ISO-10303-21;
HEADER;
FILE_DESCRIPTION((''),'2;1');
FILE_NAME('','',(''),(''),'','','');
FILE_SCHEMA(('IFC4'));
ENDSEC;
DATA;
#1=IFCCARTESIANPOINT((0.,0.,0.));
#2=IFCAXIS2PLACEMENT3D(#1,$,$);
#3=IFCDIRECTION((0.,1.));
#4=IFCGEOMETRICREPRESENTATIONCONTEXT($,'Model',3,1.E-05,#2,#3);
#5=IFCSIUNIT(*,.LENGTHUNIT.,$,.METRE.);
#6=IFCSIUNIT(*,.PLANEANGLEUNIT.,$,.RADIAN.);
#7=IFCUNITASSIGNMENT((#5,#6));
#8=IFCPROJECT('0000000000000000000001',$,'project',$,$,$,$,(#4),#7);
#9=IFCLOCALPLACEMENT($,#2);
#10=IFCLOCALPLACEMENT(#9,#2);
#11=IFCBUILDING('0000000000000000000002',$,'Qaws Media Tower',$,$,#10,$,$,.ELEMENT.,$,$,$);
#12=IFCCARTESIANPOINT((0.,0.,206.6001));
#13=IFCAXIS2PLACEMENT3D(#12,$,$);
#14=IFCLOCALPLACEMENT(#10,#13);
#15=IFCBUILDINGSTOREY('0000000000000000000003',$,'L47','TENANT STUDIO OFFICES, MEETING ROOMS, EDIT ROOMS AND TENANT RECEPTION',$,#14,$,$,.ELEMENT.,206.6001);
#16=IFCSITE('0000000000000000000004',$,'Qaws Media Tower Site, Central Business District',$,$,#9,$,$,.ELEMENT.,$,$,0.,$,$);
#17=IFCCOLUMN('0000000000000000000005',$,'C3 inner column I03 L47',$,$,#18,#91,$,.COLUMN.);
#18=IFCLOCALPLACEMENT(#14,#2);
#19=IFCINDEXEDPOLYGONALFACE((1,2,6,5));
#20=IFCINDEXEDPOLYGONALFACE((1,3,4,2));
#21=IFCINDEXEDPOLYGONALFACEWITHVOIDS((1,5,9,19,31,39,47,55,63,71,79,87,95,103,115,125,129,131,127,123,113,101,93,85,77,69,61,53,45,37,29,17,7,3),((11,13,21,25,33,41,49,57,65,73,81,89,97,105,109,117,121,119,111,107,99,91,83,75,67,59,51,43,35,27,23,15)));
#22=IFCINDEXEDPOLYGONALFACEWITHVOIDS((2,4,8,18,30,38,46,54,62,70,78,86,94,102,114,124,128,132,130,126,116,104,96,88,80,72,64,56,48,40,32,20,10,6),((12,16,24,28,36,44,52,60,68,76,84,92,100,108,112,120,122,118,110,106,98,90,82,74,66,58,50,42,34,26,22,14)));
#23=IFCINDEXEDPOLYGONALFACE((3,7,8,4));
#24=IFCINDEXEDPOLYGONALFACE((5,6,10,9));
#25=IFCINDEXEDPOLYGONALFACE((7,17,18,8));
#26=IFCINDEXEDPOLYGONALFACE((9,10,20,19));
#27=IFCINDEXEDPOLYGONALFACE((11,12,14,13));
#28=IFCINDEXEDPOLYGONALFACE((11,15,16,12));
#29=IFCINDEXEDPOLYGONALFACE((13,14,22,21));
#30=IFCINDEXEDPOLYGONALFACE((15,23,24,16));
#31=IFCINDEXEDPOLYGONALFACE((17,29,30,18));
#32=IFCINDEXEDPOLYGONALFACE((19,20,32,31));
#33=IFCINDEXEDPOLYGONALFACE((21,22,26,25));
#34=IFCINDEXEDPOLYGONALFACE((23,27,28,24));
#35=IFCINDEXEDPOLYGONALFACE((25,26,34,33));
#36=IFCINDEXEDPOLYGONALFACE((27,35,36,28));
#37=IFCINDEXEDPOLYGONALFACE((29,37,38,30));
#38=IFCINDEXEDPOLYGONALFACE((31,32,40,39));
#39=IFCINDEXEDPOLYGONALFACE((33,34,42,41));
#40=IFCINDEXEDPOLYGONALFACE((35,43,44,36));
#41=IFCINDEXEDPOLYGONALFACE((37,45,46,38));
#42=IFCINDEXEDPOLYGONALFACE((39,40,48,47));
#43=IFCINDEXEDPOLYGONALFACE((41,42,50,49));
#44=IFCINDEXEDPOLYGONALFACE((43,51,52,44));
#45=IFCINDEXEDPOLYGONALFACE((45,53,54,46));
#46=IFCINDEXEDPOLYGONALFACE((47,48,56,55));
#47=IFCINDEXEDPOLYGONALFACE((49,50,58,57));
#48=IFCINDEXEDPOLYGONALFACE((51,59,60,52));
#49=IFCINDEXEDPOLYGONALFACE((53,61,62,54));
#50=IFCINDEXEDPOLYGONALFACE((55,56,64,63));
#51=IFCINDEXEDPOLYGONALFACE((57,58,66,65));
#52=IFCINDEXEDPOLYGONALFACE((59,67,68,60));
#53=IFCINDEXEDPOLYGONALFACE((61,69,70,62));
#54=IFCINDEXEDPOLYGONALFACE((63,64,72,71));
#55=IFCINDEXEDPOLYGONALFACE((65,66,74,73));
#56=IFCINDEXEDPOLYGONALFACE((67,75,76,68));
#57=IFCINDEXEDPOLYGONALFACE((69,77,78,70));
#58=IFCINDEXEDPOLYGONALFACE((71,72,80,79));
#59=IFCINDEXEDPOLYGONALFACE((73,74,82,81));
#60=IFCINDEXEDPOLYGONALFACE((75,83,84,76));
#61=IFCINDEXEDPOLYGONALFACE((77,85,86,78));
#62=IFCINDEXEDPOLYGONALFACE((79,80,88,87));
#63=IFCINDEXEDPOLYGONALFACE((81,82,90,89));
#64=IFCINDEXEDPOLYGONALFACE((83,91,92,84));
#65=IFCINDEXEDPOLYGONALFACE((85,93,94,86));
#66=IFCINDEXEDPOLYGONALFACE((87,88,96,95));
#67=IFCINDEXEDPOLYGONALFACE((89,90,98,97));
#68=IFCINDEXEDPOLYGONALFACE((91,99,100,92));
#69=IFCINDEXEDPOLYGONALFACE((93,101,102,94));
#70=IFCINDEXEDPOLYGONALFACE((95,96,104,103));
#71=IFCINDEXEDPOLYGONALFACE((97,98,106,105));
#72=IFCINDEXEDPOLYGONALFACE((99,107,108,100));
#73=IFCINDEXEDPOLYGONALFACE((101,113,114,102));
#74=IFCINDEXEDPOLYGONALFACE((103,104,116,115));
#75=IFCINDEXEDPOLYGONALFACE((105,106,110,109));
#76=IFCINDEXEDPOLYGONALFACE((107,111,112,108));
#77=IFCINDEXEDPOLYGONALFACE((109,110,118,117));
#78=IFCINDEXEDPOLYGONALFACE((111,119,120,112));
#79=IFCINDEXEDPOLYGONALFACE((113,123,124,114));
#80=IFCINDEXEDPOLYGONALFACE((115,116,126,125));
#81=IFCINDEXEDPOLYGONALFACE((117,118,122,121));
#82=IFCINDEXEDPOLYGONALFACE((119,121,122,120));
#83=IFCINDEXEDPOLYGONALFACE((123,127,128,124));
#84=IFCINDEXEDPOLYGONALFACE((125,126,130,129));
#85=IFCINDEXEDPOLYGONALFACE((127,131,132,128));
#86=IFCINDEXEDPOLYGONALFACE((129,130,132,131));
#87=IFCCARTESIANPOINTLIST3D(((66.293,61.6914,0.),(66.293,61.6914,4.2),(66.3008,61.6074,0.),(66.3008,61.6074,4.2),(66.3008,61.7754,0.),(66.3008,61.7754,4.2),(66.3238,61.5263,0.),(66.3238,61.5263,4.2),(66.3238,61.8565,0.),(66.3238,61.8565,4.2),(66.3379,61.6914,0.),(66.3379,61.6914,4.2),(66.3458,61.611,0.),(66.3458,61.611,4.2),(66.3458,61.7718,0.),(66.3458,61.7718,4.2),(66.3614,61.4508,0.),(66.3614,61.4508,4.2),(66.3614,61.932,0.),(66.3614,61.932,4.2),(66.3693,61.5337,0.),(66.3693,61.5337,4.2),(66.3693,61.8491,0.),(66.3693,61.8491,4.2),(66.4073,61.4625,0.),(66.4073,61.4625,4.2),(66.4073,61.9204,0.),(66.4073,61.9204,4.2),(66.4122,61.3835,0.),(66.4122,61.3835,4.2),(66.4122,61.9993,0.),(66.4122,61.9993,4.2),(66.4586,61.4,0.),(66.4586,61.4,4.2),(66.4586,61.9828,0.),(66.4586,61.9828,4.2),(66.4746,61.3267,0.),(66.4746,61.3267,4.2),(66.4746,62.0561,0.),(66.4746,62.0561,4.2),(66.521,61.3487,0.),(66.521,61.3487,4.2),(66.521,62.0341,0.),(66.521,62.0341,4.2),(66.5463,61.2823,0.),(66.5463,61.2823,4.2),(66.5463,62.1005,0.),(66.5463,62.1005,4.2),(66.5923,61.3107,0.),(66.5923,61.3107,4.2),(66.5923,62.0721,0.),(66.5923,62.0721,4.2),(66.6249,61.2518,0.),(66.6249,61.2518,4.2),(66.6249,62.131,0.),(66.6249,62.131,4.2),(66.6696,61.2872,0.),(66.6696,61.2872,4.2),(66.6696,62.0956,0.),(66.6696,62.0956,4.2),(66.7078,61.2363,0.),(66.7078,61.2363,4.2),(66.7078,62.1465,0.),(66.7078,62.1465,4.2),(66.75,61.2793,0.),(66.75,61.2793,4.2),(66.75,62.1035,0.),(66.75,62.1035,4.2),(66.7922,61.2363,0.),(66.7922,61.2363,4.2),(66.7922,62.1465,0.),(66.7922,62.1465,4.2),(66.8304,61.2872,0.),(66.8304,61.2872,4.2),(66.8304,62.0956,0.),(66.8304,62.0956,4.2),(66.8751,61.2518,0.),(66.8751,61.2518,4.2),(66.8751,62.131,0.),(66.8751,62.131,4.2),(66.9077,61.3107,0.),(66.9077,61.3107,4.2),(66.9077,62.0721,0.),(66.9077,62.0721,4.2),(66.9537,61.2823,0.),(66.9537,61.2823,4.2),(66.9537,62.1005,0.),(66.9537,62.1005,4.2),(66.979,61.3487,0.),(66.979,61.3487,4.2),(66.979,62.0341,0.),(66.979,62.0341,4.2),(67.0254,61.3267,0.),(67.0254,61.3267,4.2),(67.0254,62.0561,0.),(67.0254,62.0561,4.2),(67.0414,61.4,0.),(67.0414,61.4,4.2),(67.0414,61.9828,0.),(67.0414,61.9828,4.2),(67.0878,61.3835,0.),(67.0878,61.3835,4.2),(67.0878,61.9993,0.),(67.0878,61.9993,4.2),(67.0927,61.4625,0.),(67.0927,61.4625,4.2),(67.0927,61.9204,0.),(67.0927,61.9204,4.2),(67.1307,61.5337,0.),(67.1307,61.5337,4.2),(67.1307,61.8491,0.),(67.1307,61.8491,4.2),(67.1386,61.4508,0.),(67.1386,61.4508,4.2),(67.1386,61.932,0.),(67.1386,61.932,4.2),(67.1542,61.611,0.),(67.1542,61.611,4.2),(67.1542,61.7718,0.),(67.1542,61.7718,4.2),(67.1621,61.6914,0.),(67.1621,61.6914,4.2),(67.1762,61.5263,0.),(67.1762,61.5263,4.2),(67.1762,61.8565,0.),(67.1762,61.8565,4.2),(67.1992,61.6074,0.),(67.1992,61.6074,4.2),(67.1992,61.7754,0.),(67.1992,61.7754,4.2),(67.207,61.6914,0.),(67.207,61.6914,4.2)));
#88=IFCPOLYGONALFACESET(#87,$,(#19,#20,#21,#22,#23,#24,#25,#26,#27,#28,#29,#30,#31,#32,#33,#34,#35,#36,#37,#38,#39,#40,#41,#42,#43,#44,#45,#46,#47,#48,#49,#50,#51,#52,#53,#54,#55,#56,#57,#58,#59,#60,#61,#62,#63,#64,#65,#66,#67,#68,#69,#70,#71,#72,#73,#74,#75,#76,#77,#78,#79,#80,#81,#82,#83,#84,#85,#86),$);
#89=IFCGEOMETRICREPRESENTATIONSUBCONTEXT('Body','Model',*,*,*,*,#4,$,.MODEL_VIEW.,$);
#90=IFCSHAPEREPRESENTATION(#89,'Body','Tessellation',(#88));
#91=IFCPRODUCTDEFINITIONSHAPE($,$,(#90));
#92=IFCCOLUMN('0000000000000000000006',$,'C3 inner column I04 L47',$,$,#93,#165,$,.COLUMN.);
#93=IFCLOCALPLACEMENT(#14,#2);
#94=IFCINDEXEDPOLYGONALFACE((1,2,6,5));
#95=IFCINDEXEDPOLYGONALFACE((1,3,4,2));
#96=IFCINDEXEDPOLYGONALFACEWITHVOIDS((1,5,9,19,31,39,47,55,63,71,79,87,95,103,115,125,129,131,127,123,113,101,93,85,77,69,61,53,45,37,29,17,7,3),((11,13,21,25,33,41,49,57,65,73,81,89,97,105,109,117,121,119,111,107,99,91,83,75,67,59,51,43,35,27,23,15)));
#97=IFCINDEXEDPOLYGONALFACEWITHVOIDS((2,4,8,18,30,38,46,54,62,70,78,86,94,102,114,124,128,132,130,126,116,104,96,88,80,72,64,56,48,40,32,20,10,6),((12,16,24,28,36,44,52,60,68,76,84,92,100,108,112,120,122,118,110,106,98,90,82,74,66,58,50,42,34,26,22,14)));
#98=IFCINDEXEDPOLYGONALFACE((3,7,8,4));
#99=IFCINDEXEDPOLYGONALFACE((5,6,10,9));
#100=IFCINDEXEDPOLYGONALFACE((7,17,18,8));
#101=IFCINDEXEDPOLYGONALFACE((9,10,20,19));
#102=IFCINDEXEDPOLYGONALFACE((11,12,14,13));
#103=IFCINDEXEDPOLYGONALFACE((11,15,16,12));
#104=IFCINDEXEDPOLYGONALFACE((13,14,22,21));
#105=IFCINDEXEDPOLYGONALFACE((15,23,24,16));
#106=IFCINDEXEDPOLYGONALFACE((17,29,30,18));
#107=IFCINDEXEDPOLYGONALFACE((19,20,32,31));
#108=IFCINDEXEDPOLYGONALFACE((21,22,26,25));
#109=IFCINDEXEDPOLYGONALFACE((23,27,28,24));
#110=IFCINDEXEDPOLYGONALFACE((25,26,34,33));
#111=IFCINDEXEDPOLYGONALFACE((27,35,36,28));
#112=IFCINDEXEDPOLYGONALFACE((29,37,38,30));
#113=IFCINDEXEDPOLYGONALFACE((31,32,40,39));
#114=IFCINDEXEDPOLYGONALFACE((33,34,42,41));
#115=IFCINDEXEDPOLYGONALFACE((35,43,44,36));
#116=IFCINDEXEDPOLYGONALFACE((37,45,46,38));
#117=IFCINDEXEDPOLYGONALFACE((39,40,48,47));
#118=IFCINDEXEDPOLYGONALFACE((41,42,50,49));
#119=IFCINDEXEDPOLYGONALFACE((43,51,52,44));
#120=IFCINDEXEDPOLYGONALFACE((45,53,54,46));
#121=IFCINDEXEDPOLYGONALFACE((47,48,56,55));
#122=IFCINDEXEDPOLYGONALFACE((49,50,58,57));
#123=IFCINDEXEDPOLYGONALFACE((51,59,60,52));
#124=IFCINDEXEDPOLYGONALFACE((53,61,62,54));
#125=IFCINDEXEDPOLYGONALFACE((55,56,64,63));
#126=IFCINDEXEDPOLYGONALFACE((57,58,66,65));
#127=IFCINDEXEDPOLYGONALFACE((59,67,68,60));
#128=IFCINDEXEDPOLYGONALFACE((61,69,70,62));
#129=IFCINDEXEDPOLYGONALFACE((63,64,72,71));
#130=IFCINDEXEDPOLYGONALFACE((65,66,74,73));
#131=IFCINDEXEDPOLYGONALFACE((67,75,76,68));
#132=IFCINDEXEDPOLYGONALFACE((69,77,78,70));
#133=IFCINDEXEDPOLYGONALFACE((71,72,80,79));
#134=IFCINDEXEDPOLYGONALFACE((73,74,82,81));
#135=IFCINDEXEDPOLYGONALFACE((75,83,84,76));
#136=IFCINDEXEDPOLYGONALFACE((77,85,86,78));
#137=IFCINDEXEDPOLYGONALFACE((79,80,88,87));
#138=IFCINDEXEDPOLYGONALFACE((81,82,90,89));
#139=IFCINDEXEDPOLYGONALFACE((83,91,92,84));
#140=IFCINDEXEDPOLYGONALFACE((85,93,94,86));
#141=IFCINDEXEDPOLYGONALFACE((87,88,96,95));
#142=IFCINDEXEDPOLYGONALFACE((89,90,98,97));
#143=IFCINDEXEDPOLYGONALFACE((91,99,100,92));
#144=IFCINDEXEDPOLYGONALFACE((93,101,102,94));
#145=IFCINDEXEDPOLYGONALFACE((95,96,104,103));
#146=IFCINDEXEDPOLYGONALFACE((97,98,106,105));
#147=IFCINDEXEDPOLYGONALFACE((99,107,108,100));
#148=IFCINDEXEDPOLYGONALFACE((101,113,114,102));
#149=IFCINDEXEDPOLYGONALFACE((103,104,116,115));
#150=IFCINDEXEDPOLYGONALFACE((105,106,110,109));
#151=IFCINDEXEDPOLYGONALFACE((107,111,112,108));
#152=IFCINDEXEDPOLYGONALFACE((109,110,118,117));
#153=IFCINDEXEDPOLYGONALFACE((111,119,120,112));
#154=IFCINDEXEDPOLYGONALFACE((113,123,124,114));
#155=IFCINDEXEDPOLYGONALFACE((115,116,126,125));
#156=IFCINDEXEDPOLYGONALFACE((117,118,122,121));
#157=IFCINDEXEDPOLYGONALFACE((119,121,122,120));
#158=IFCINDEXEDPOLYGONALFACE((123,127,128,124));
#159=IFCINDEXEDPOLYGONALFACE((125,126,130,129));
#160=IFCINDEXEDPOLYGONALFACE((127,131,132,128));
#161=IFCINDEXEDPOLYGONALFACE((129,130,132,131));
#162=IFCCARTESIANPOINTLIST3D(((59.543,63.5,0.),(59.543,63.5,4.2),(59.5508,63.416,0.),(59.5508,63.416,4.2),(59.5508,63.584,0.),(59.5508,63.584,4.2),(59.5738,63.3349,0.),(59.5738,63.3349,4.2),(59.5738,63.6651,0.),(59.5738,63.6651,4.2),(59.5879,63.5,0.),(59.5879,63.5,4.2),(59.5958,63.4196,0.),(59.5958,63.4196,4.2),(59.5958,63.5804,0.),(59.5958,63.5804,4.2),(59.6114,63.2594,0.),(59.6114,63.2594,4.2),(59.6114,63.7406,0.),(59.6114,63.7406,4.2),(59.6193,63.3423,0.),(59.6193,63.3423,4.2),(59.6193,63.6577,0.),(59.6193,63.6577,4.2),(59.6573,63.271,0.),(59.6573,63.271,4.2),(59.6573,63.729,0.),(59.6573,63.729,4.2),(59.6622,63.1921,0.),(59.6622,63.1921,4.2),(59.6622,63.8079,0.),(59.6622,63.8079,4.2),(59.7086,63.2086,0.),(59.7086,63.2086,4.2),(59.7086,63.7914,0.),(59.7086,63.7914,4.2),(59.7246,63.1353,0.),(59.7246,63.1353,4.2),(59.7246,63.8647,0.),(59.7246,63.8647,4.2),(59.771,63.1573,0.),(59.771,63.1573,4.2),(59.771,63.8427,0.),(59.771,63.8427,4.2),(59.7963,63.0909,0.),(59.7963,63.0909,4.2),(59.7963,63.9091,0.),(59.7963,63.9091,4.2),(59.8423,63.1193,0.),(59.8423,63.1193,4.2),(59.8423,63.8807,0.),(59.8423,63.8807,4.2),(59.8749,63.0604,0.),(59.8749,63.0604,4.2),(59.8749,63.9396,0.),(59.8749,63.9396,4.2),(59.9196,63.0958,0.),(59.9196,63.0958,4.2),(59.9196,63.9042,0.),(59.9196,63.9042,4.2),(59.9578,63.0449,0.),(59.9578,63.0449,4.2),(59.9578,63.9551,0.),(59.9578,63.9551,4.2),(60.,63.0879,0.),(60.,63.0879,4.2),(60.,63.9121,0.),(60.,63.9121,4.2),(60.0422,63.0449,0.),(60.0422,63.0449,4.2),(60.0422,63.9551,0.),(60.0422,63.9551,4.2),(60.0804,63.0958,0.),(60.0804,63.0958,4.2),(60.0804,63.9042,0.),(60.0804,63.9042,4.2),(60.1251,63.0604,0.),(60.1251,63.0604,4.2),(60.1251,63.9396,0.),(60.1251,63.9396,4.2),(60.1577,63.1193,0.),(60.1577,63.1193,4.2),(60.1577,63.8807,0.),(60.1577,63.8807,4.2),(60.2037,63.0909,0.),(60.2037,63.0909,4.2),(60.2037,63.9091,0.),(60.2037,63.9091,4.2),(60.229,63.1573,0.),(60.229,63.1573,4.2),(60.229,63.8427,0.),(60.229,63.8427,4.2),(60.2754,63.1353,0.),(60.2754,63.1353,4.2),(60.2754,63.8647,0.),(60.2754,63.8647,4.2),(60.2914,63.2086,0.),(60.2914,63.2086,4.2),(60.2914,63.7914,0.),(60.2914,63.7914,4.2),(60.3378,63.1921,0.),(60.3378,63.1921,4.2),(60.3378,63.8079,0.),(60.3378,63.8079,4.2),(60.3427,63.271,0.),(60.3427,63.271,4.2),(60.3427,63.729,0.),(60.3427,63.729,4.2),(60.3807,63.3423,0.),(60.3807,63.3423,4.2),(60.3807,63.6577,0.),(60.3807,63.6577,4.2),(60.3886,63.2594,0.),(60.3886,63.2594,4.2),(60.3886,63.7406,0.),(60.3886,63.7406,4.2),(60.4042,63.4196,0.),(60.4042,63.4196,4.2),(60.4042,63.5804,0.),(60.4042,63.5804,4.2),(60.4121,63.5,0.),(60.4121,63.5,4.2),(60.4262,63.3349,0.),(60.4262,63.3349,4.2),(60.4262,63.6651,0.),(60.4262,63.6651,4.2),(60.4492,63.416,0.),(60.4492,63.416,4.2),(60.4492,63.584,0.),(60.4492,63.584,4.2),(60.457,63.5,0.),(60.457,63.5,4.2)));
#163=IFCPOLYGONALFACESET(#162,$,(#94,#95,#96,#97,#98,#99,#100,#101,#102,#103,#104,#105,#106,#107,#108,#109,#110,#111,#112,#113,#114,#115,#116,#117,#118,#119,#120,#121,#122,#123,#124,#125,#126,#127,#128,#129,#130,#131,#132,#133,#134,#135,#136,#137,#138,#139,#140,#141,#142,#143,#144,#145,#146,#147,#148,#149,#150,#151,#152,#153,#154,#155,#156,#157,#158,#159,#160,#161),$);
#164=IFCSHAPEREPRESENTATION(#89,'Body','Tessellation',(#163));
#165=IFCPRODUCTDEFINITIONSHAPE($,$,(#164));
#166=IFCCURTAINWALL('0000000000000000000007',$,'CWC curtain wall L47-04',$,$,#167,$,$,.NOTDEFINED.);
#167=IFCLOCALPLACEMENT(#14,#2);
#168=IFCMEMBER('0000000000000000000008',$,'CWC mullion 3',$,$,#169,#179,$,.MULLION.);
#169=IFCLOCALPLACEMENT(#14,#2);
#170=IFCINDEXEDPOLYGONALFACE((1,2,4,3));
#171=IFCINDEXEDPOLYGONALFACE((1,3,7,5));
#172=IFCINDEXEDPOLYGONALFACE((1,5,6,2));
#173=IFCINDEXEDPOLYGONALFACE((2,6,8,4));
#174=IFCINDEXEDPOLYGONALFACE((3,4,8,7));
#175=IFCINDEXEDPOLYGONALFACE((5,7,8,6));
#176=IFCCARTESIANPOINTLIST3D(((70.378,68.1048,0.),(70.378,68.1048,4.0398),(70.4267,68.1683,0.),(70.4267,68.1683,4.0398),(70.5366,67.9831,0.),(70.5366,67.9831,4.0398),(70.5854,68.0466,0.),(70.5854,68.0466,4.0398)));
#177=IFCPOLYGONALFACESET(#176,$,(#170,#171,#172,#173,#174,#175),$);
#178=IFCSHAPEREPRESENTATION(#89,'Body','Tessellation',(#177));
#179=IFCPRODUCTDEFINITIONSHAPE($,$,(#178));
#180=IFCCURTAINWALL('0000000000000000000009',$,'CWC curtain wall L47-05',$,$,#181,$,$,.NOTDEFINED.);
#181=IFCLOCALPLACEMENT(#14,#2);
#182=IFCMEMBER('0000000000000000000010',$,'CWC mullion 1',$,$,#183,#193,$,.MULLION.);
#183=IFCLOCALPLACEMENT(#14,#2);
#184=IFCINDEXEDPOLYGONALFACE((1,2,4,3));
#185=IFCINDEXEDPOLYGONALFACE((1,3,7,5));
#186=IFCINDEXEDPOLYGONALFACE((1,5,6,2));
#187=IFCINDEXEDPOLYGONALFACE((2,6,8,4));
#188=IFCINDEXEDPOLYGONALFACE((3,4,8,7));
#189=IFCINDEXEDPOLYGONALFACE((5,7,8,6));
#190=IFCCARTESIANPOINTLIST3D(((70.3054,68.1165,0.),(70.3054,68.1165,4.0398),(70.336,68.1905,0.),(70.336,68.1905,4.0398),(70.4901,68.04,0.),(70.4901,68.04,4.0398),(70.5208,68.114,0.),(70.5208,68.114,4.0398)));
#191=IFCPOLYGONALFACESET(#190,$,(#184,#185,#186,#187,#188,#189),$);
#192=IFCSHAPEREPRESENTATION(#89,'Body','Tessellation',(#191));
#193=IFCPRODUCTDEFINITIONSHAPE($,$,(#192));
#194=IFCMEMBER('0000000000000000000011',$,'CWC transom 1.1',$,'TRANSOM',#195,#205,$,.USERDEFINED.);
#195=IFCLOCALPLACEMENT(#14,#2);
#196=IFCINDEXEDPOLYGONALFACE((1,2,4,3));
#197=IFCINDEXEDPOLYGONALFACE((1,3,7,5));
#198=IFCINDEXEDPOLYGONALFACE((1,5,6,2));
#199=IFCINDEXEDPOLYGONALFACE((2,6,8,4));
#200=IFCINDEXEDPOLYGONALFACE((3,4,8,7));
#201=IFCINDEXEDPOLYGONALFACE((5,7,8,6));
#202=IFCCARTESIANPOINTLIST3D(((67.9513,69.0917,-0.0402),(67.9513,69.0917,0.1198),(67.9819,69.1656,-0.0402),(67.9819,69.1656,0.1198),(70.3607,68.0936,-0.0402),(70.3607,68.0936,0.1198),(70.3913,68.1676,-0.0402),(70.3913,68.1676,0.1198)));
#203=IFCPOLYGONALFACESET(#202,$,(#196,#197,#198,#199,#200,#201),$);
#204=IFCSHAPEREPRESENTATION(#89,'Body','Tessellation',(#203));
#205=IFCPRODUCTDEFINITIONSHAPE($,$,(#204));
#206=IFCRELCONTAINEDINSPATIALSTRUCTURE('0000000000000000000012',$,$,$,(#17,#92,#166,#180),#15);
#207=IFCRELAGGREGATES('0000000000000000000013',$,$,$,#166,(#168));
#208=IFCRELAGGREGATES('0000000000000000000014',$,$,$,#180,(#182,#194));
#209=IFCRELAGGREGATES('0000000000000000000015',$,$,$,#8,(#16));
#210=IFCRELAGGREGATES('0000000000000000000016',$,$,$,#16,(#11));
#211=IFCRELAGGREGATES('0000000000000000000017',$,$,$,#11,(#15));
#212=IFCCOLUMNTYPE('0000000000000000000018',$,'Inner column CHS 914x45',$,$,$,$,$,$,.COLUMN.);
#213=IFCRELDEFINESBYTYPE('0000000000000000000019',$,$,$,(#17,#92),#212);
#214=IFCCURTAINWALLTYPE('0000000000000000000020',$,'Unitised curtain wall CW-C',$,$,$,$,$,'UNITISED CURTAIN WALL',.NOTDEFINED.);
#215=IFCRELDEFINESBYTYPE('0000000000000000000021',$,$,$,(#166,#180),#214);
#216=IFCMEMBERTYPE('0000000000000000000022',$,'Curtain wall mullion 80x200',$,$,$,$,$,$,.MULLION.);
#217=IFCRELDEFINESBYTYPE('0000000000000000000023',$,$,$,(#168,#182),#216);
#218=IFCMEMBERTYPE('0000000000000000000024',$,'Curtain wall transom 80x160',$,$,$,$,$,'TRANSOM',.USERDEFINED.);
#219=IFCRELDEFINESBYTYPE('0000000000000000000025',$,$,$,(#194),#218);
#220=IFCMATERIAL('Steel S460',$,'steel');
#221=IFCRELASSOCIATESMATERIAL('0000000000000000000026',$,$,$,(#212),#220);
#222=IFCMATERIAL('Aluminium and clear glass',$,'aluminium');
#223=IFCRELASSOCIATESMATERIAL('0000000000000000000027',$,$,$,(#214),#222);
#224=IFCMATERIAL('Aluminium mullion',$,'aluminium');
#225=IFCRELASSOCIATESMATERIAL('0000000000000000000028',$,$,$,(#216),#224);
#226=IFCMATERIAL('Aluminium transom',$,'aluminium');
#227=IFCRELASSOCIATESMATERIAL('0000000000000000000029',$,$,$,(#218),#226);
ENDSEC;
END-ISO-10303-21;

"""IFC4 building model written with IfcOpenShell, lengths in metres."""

from ifc_helpers import new_model, si_unit, direction, frame, origin, origin_2d, place, context, subcontext, project, spatial, rectangle, hollow_circle, extrude, material, material_profile, profile_set, type_object, element, aggregate, save


model = new_model("IFC4")

# Units and contexts
model_context = context("Model", 3, precision=1e-05, world=origin(), true_north=direction((0.0, 1.0)))
body_context = subcontext(model_context, "Body", "Model", "MODEL_VIEW")
ifc_project = project(units=[si_unit("LENGTHUNIT", "METRE"), si_unit("PLANEANGLEUNIT", "RADIAN")], contexts=[model_context])

# Site, building, storey
site_placement = place(None, origin())
site = spatial("IfcSite", under=ifc_project, at=site_placement, Name="Qaws Media Tower Site, Central Business District", CompositionType="ELEMENT", RefElevation=0.0)
building_placement = place(site_placement, origin())
building = spatial("IfcBuilding", under=site, at=building_placement, Name="Qaws Media Tower", CompositionType="ELEMENT")
storey_placement = place(building_placement, frame((0.0, 0.0, 206.6001)))
storey = spatial("IfcBuildingStorey", under=building, at=storey_placement, Name="L47", Description="TENANT STUDIO OFFICES, MEETING ROOMS, EDIT ROOMS AND TENANT RECEPTION", CompositionType="ELEMENT", Elevation=206.6001)

# Columns
ifc_material_1 = material(Name="Steel S460", Category="steel")
ifc_material_profile_1 = material_profile(ifc_material_1, hollow_circle(Radius=0.457, WallThickness=0.0449, at=origin_2d()), Name="CHS 914x45")
ifc_profile_set_1 = profile_set([ifc_material_profile_1], Name="Steel S460")
column_type = type_object("IfcColumnType", Name="Inner column CHS 914x45", PredefinedType="COLUMN", material=ifc_profile_set_1)
for number, where, z_axis, x_axis, name in (
    (1, (66.75, 61.6914, 0.0), (0.0, 0.0, 1.0), (1.0, 0.0, 0.0), "C3 inner column I03 L47"),
    (2, (60.0, 63.5, 0.0), (0.0, 0.0, 1.0), (1.0, 0.0, 0.0), "C3 inner column I04 L47"),
):
    element("IfcColumn", number, at=place(storey_placement, frame(where, z_axis=z_axis, x_axis=x_axis)), inside=storey, type_object=column_type, Name=name, PredefinedType="COLUMN", context=body_context, shape_type="SweptSolid", body=[
        extrude(hollow_circle(Radius=0.457, WallThickness=0.0449, at=origin_2d()), origin(), (0.0, 0.0, 1.0), 4.2),
    ])

# Curtain wall, member
ifc_material_2 = material(Name="Aluminium and clear glass", Category="aluminium")
curtain_wall_type = type_object("IfcCurtainWallType", Name="Unitised curtain wall CW-C", ElementType="UNITISED CURTAIN WALL", PredefinedType="NOTDEFINED", material=ifc_material_2)
curtain_wall_1_placement = place(storey_placement, origin())
curtain_wall_1 = element("IfcCurtainWall", 3, at=curtain_wall_1_placement, inside=storey, type_object=curtain_wall_type, Name="CWC curtain wall L47-04", PredefinedType="NOTDEFINED")
ifc_material_3 = material(Name="Aluminium mullion", Category="aluminium")
ifc_material_profile_2 = material_profile(ifc_material_3, rectangle(XDim=0.0801, YDim=0.2, at=origin_2d()), Name="80x200")
ifc_profile_set_2 = profile_set([ifc_material_profile_2], Name="Aluminium mullion")
member_type_1 = type_object("IfcMemberType", Name="Curtain wall mullion 80x200", PredefinedType="MULLION", material=ifc_profile_set_2)
member_1_placement = place(storey_placement, frame((70.4817, 68.0757, 0.0), z_axis=(0.0, 0.0, 1.0), x_axis=(-0.608761, -0.793353, 0.0)))
member_1 = element("IfcMember", 4, at=member_1_placement, type_object=member_type_1, Name="CWC mullion 3", PredefinedType="MULLION", context=body_context, shape_type="SweptSolid", body=[
    extrude(rectangle(XDim=0.0801, YDim=0.2, at=origin_2d()), origin(), (0.0, 0.0, 1.0), 4.0398),
])
aggregate(curtain_wall_1, [member_1])

# Curtain wall, members
curtain_wall_2_placement = place(storey_placement, origin())
curtain_wall_2 = element("IfcCurtainWall", 5, at=curtain_wall_2_placement, inside=storey, type_object=curtain_wall_type, Name="CWC curtain wall L47-05", PredefinedType="NOTDEFINED")
member_2_placement = place(storey_placement, frame((70.4131, 68.1152, 0.0), z_axis=(0.0, 0.0, 1.0), x_axis=(-0.382683, -0.92388, 0.0)))
member_2 = element("IfcMember", 6, at=member_2_placement, type_object=member_type_1, Name="CWC mullion 1", PredefinedType="MULLION", context=body_context, shape_type="SweptSolid", body=[
    extrude(rectangle(XDim=0.0801, YDim=0.2, at=origin_2d()), origin(), (0.0, 0.0, 1.0), 4.0398),
])
ifc_material_4 = material(Name="Aluminium transom", Category="aluminium")
ifc_material_profile_3 = material_profile(ifc_material_4, rectangle(XDim=0.0801, YDim=0.1599, at=origin_2d()), Name="80x160")
ifc_profile_set_3 = profile_set([ifc_material_profile_3], Name="Aluminium transom")
member_type_2 = type_object("IfcMemberType", Name="Curtain wall transom 80x160", ElementType="TRANSOM", PredefinedType="USERDEFINED", material=ifc_profile_set_3)
member_3_placement = place(storey_placement, frame((70.376, 68.1306, 0.0398), z_axis=(-0.923875, 0.382694, 0.0), x_axis=(-0.382694, -0.923875, 0.0)))
member_3 = element("IfcMember", 7, at=member_3_placement, type_object=member_type_2, Name="CWC transom 1.1", ObjectType="TRANSOM", PredefinedType="USERDEFINED", context=body_context, shape_type="SweptSolid", body=[
    extrude(rectangle(XDim=0.0801, YDim=0.1599, at=origin_2d()), origin(), (0.0, 0.0, 1.0), 2.6079),
])
aggregate(curtain_wall_2, [member_2, member_3])

save(model, "model.ifc")
